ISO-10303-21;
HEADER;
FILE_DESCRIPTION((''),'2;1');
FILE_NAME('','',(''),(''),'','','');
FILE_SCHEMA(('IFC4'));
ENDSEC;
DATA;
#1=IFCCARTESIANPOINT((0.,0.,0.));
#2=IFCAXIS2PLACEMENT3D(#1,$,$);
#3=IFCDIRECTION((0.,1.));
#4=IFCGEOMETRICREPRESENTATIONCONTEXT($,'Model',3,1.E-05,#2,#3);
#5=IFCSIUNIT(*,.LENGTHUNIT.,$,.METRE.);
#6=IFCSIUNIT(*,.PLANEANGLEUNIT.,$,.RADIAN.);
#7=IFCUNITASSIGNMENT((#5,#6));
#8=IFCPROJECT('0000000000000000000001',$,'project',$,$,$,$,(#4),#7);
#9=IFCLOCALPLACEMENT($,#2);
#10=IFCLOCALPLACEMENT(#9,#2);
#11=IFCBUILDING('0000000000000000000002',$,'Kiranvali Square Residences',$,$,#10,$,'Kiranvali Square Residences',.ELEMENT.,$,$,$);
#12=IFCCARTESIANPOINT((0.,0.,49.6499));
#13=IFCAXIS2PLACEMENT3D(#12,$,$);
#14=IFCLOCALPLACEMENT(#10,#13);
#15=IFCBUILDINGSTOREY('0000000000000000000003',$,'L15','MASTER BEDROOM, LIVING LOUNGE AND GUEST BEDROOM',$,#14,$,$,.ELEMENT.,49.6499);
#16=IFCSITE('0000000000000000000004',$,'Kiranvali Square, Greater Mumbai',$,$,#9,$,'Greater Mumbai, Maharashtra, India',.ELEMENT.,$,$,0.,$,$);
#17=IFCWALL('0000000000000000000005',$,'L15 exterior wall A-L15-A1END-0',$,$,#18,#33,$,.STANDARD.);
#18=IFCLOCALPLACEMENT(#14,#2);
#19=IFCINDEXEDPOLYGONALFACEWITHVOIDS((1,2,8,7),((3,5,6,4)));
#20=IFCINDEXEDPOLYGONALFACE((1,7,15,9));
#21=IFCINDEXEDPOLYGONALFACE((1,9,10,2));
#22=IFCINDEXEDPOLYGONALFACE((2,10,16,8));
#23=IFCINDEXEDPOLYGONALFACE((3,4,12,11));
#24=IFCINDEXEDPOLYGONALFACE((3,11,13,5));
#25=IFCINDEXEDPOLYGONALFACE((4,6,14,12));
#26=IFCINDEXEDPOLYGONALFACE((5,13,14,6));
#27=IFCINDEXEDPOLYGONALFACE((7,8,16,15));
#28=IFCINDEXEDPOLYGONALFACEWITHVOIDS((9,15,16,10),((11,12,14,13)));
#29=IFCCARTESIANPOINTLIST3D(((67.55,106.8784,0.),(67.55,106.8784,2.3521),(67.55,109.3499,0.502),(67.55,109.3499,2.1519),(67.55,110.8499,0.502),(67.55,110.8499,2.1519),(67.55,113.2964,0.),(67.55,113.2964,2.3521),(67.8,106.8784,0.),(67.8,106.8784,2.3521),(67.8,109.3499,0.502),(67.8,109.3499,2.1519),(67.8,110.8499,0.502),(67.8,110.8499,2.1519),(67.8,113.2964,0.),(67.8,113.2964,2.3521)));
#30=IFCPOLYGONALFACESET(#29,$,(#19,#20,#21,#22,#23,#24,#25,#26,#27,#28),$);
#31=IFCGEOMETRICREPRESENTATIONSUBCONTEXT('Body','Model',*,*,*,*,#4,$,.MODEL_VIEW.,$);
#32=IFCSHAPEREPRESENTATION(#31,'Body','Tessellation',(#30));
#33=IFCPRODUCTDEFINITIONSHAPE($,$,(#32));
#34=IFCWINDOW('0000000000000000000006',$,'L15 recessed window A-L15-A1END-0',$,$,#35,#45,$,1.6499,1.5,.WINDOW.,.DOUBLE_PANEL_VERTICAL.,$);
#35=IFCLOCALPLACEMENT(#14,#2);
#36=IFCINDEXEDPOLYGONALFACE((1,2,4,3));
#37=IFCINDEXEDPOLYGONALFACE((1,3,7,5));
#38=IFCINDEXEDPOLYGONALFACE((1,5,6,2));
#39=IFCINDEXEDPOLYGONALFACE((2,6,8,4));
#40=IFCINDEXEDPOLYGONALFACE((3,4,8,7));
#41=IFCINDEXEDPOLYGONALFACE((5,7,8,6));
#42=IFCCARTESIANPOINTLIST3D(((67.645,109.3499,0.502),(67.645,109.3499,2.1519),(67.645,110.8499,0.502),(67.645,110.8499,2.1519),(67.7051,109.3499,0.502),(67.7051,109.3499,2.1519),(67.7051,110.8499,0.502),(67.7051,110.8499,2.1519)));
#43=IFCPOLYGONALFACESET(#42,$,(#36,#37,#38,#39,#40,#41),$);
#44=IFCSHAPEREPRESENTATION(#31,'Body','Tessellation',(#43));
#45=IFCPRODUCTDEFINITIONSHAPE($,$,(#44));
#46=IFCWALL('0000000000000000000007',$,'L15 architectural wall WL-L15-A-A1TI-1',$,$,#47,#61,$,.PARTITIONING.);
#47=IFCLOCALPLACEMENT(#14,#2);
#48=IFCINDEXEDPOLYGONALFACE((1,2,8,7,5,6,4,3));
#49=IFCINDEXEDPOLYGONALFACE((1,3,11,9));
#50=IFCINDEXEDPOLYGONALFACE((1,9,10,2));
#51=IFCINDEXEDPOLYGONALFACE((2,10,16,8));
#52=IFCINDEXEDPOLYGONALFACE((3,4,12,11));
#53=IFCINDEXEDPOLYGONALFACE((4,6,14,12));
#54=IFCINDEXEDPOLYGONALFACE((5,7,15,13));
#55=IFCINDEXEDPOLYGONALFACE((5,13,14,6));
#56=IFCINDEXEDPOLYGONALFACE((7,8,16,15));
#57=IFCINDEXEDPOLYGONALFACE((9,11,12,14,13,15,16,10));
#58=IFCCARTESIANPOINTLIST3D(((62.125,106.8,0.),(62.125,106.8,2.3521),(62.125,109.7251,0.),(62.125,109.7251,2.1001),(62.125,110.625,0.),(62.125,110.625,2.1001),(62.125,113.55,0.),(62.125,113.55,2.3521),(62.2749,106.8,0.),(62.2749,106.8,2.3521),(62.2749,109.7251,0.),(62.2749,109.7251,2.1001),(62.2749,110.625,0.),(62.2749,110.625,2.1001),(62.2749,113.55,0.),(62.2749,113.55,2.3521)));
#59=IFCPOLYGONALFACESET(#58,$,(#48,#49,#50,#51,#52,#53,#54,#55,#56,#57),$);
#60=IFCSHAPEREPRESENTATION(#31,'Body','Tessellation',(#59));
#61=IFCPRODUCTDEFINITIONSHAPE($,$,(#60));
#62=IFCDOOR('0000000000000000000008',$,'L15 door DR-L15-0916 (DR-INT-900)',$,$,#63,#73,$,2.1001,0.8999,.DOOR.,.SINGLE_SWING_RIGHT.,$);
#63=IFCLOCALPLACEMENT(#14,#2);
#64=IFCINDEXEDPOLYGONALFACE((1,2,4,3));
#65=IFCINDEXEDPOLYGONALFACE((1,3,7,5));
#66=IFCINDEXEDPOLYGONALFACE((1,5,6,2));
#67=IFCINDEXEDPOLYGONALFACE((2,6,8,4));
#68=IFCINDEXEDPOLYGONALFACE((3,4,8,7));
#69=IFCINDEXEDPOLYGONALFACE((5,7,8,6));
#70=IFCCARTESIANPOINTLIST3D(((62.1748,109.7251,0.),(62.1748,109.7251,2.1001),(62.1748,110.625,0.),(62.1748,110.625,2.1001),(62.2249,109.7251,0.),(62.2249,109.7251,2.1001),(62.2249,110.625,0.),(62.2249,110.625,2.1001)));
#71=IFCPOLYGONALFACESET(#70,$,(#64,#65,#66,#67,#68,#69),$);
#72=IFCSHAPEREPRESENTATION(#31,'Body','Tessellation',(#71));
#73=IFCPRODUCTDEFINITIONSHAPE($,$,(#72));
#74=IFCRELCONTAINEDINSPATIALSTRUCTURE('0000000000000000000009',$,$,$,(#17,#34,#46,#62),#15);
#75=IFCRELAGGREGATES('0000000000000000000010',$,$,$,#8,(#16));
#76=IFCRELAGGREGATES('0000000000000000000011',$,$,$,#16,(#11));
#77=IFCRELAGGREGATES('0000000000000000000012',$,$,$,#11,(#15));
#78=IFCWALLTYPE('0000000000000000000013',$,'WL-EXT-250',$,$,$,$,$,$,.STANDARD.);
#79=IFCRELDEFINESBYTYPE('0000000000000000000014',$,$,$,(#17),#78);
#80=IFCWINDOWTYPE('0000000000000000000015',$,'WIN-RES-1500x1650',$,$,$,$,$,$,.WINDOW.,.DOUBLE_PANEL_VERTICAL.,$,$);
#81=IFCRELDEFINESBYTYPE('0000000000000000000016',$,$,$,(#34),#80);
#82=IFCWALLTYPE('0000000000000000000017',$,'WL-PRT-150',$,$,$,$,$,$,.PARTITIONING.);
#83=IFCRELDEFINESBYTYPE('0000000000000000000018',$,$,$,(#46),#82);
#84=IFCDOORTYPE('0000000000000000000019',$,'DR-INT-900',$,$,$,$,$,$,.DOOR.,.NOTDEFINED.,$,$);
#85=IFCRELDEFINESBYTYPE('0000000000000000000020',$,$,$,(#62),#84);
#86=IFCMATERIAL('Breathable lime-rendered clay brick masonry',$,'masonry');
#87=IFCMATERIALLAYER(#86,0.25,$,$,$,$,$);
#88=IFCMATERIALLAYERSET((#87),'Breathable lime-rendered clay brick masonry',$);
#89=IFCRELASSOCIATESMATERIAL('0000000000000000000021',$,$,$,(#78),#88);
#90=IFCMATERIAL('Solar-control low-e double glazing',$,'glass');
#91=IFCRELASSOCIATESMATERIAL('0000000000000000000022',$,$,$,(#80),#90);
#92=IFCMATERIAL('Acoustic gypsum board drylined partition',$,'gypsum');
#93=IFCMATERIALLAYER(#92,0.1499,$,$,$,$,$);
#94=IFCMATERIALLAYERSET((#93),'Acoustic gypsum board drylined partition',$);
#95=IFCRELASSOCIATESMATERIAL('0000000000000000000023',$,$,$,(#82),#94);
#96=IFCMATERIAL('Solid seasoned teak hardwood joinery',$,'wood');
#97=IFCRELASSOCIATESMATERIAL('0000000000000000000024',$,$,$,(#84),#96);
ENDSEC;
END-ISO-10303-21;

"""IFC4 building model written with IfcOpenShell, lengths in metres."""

from ifc_helpers import new_model, si_unit, direction, frame, frame_2d, origin, place, context, subcontext, project, spatial, rectangle, extrude, material, layer, layer_set, type_object, element, fill, save


model = new_model("IFC4")

# Units and contexts
model_context = context("Model", 3, precision=1e-05, world=origin(), true_north=direction((0.0, 1.0)))
body_context = subcontext(model_context, "Body", "Model", "MODEL_VIEW")
ifc_project = project(units=[si_unit("LENGTHUNIT", "METRE"), si_unit("PLANEANGLEUNIT", "RADIAN")], contexts=[model_context])

# Site, building, storey
site_placement = place(None, origin())
site = spatial("IfcSite", under=ifc_project, at=site_placement, Name="Kiranvali Square, Greater Mumbai", LongName="Greater Mumbai, Maharashtra, India", CompositionType="ELEMENT", RefElevation=0.0)
building_placement = place(site_placement, origin())
building = spatial("IfcBuilding", under=site, at=building_placement, Name="Kiranvali Square Residences", LongName="Kiranvali Square Residences", CompositionType="ELEMENT")
storey_placement = place(building_placement, frame((0.0, 0.0, 49.6499)))
storey = spatial("IfcBuildingStorey", under=building, at=storey_placement, Name="L15", Description="MASTER BEDROOM, LIVING LOUNGE AND GUEST BEDROOM", CompositionType="ELEMENT", Elevation=49.6499)

# Wall, opening, window
ifc_material_1 = material(Name="Breathable lime-rendered clay brick masonry", Category="masonry")
ifc_layer_1 = layer(ifc_material_1, 0.25)
ifc_layer_set_1 = layer_set([ifc_layer_1], Name="Breathable lime-rendered clay brick masonry")
wall_type_1 = type_object("IfcWallType", Name="WL-EXT-250", PredefinedType="STANDARD", material=ifc_layer_set_1)
ifc_material_2 = material(Name="Solar-control low-e double glazing", Category="glass")
wall_1_placement = place(storey_placement, frame((67.675, 106.8784, 0.0), z_axis=(0.0, 0.0, 1.0), x_axis=(0.0, 1.0, 0.0)))
wall_1 = element("IfcWall", 1, at=wall_1_placement, inside=storey, type_object=wall_type_1, Name="L15 exterior wall A-L15-A1END-0", PredefinedType="STANDARD", context=body_context, shape_type="SweptSolid", body=[
    extrude(rectangle(XDim=6.418, YDim=0.25, at=frame_2d((3.209, 0.0))), origin(), (0.0, 0.0, 1.0), 2.3521),
])
opening_1_placement = place(wall_1_placement, frame((2.4714, 0.0, 0.502)))
opening_1 = element("IfcOpeningElement", 2, at=opening_1_placement, cuts=wall_1, PredefinedType="OPENING", context=body_context, shape_type="SweptSolid", body=[
    extrude(rectangle(XDim=1.5, YDim=1.6499, at=frame_2d((0.75, 0.825))), frame((0.0, 0.135, 0.0), z_axis=(0.0, -1.0, 0.0), x_axis=(1.0, 0.0, 0.0)), (0.0, 0.0, 1.0), 0.27),
])
window_type_1 = type_object("IfcWindowType", Name="WIN-RES-1500x1650", PartitioningType="DOUBLE_PANEL_VERTICAL", PredefinedType="WINDOW", material=ifc_material_2)
window_1_placement = place(opening_1_placement, origin())
window_1 = element("IfcWindow", 3, at=window_1_placement, inside=storey, type_object=window_type_1, Name="L15 recessed window A-L15-A1END-0", OverallHeight=1.6499, OverallWidth=1.5, PartitioningType="DOUBLE_PANEL_VERTICAL", PredefinedType="WINDOW", context=body_context, shape_type="SweptSolid", body=[
    extrude(rectangle(XDim=1.5, YDim=1.6499, at=frame_2d((0.75, 0.825))), frame((0.0, 0.03, 0.0), z_axis=(0.0, -1.0, 0.0), x_axis=(1.0, 0.0, 0.0)), (0.0, 0.0, 1.0), 0.0601),
])
fill(opening_1, window_1)

# Wall, opening, door
ifc_material_3 = material(Name="Acoustic gypsum board drylined partition", Category="gypsum")
ifc_layer_2 = layer(ifc_material_3, 0.1499)
ifc_layer_set_2 = layer_set([ifc_layer_2], Name="Acoustic gypsum board drylined partition")
wall_type_2 = type_object("IfcWallType", Name="WL-PRT-150", PredefinedType="PARTITIONING", material=ifc_layer_set_2)
wall_2_placement = place(storey_placement, frame((62.2, 106.8, 0.0), z_axis=(0.0, 0.0, 1.0), x_axis=(0.0, 1.0, 0.0)))
wall_2 = element("IfcWall", 4, at=wall_2_placement, inside=storey, type_object=wall_type_2, Name="L15 architectural wall WL-L15-A-A1TI-1", PredefinedType="PARTITIONING", context=body_context, shape_type="SweptSolid", body=[
    extrude(rectangle(XDim=6.75, YDim=0.1499, at=frame_2d((3.375, 0.0))), origin(), (0.0, 0.0, 1.0), 2.3521),
])
opening_2_placement = place(wall_2_placement, frame((2.925, 0.0, 0.0)))
opening_2 = element("IfcOpeningElement", 5, at=opening_2_placement, cuts=wall_2, PredefinedType="OPENING", context=body_context, shape_type="SweptSolid", body=[
    extrude(rectangle(XDim=0.8999, YDim=2.1001, at=frame_2d((0.45, 1.05))), frame((0.0, 0.085, 0.0), z_axis=(0.0, -1.0, 0.0), x_axis=(1.0, 0.0, 0.0)), (0.0, 0.0, 1.0), 0.1699),
])
ifc_material_4 = material(Name="Solid seasoned teak hardwood joinery", Category="wood")
door_type_1 = type_object("IfcDoorType", Name="DR-INT-900", OperationType="NOTDEFINED", PredefinedType="DOOR", material=ifc_material_4)
door_1_placement = place(opening_2_placement, frame((0.8999, 0.0, 0.0), z_axis=(0.0, 0.0, 1.0), x_axis=(-1.0, 0.0, 0.0)))
door_1 = element("IfcDoor", 6, at=door_1_placement, inside=storey, type_object=door_type_1, Name="L15 door DR-L15-0916 (DR-INT-900)", OperationType="SINGLE_SWING_RIGHT", OverallHeight=2.1001, OverallWidth=0.8999, PredefinedType="DOOR", context=body_context, shape_type="SweptSolid", body=[
    extrude(rectangle(XDim=0.8999, YDim=2.1001, at=frame_2d((0.45, 1.05))), frame((0.0, 0.0249, 0.0), z_axis=(0.0, -1.0, 0.0), x_axis=(1.0, 0.0, 0.0)), (0.0, 0.0, 1.0), 0.05),
])
fill(opening_2, door_1)

save(model, "model.ifc")
